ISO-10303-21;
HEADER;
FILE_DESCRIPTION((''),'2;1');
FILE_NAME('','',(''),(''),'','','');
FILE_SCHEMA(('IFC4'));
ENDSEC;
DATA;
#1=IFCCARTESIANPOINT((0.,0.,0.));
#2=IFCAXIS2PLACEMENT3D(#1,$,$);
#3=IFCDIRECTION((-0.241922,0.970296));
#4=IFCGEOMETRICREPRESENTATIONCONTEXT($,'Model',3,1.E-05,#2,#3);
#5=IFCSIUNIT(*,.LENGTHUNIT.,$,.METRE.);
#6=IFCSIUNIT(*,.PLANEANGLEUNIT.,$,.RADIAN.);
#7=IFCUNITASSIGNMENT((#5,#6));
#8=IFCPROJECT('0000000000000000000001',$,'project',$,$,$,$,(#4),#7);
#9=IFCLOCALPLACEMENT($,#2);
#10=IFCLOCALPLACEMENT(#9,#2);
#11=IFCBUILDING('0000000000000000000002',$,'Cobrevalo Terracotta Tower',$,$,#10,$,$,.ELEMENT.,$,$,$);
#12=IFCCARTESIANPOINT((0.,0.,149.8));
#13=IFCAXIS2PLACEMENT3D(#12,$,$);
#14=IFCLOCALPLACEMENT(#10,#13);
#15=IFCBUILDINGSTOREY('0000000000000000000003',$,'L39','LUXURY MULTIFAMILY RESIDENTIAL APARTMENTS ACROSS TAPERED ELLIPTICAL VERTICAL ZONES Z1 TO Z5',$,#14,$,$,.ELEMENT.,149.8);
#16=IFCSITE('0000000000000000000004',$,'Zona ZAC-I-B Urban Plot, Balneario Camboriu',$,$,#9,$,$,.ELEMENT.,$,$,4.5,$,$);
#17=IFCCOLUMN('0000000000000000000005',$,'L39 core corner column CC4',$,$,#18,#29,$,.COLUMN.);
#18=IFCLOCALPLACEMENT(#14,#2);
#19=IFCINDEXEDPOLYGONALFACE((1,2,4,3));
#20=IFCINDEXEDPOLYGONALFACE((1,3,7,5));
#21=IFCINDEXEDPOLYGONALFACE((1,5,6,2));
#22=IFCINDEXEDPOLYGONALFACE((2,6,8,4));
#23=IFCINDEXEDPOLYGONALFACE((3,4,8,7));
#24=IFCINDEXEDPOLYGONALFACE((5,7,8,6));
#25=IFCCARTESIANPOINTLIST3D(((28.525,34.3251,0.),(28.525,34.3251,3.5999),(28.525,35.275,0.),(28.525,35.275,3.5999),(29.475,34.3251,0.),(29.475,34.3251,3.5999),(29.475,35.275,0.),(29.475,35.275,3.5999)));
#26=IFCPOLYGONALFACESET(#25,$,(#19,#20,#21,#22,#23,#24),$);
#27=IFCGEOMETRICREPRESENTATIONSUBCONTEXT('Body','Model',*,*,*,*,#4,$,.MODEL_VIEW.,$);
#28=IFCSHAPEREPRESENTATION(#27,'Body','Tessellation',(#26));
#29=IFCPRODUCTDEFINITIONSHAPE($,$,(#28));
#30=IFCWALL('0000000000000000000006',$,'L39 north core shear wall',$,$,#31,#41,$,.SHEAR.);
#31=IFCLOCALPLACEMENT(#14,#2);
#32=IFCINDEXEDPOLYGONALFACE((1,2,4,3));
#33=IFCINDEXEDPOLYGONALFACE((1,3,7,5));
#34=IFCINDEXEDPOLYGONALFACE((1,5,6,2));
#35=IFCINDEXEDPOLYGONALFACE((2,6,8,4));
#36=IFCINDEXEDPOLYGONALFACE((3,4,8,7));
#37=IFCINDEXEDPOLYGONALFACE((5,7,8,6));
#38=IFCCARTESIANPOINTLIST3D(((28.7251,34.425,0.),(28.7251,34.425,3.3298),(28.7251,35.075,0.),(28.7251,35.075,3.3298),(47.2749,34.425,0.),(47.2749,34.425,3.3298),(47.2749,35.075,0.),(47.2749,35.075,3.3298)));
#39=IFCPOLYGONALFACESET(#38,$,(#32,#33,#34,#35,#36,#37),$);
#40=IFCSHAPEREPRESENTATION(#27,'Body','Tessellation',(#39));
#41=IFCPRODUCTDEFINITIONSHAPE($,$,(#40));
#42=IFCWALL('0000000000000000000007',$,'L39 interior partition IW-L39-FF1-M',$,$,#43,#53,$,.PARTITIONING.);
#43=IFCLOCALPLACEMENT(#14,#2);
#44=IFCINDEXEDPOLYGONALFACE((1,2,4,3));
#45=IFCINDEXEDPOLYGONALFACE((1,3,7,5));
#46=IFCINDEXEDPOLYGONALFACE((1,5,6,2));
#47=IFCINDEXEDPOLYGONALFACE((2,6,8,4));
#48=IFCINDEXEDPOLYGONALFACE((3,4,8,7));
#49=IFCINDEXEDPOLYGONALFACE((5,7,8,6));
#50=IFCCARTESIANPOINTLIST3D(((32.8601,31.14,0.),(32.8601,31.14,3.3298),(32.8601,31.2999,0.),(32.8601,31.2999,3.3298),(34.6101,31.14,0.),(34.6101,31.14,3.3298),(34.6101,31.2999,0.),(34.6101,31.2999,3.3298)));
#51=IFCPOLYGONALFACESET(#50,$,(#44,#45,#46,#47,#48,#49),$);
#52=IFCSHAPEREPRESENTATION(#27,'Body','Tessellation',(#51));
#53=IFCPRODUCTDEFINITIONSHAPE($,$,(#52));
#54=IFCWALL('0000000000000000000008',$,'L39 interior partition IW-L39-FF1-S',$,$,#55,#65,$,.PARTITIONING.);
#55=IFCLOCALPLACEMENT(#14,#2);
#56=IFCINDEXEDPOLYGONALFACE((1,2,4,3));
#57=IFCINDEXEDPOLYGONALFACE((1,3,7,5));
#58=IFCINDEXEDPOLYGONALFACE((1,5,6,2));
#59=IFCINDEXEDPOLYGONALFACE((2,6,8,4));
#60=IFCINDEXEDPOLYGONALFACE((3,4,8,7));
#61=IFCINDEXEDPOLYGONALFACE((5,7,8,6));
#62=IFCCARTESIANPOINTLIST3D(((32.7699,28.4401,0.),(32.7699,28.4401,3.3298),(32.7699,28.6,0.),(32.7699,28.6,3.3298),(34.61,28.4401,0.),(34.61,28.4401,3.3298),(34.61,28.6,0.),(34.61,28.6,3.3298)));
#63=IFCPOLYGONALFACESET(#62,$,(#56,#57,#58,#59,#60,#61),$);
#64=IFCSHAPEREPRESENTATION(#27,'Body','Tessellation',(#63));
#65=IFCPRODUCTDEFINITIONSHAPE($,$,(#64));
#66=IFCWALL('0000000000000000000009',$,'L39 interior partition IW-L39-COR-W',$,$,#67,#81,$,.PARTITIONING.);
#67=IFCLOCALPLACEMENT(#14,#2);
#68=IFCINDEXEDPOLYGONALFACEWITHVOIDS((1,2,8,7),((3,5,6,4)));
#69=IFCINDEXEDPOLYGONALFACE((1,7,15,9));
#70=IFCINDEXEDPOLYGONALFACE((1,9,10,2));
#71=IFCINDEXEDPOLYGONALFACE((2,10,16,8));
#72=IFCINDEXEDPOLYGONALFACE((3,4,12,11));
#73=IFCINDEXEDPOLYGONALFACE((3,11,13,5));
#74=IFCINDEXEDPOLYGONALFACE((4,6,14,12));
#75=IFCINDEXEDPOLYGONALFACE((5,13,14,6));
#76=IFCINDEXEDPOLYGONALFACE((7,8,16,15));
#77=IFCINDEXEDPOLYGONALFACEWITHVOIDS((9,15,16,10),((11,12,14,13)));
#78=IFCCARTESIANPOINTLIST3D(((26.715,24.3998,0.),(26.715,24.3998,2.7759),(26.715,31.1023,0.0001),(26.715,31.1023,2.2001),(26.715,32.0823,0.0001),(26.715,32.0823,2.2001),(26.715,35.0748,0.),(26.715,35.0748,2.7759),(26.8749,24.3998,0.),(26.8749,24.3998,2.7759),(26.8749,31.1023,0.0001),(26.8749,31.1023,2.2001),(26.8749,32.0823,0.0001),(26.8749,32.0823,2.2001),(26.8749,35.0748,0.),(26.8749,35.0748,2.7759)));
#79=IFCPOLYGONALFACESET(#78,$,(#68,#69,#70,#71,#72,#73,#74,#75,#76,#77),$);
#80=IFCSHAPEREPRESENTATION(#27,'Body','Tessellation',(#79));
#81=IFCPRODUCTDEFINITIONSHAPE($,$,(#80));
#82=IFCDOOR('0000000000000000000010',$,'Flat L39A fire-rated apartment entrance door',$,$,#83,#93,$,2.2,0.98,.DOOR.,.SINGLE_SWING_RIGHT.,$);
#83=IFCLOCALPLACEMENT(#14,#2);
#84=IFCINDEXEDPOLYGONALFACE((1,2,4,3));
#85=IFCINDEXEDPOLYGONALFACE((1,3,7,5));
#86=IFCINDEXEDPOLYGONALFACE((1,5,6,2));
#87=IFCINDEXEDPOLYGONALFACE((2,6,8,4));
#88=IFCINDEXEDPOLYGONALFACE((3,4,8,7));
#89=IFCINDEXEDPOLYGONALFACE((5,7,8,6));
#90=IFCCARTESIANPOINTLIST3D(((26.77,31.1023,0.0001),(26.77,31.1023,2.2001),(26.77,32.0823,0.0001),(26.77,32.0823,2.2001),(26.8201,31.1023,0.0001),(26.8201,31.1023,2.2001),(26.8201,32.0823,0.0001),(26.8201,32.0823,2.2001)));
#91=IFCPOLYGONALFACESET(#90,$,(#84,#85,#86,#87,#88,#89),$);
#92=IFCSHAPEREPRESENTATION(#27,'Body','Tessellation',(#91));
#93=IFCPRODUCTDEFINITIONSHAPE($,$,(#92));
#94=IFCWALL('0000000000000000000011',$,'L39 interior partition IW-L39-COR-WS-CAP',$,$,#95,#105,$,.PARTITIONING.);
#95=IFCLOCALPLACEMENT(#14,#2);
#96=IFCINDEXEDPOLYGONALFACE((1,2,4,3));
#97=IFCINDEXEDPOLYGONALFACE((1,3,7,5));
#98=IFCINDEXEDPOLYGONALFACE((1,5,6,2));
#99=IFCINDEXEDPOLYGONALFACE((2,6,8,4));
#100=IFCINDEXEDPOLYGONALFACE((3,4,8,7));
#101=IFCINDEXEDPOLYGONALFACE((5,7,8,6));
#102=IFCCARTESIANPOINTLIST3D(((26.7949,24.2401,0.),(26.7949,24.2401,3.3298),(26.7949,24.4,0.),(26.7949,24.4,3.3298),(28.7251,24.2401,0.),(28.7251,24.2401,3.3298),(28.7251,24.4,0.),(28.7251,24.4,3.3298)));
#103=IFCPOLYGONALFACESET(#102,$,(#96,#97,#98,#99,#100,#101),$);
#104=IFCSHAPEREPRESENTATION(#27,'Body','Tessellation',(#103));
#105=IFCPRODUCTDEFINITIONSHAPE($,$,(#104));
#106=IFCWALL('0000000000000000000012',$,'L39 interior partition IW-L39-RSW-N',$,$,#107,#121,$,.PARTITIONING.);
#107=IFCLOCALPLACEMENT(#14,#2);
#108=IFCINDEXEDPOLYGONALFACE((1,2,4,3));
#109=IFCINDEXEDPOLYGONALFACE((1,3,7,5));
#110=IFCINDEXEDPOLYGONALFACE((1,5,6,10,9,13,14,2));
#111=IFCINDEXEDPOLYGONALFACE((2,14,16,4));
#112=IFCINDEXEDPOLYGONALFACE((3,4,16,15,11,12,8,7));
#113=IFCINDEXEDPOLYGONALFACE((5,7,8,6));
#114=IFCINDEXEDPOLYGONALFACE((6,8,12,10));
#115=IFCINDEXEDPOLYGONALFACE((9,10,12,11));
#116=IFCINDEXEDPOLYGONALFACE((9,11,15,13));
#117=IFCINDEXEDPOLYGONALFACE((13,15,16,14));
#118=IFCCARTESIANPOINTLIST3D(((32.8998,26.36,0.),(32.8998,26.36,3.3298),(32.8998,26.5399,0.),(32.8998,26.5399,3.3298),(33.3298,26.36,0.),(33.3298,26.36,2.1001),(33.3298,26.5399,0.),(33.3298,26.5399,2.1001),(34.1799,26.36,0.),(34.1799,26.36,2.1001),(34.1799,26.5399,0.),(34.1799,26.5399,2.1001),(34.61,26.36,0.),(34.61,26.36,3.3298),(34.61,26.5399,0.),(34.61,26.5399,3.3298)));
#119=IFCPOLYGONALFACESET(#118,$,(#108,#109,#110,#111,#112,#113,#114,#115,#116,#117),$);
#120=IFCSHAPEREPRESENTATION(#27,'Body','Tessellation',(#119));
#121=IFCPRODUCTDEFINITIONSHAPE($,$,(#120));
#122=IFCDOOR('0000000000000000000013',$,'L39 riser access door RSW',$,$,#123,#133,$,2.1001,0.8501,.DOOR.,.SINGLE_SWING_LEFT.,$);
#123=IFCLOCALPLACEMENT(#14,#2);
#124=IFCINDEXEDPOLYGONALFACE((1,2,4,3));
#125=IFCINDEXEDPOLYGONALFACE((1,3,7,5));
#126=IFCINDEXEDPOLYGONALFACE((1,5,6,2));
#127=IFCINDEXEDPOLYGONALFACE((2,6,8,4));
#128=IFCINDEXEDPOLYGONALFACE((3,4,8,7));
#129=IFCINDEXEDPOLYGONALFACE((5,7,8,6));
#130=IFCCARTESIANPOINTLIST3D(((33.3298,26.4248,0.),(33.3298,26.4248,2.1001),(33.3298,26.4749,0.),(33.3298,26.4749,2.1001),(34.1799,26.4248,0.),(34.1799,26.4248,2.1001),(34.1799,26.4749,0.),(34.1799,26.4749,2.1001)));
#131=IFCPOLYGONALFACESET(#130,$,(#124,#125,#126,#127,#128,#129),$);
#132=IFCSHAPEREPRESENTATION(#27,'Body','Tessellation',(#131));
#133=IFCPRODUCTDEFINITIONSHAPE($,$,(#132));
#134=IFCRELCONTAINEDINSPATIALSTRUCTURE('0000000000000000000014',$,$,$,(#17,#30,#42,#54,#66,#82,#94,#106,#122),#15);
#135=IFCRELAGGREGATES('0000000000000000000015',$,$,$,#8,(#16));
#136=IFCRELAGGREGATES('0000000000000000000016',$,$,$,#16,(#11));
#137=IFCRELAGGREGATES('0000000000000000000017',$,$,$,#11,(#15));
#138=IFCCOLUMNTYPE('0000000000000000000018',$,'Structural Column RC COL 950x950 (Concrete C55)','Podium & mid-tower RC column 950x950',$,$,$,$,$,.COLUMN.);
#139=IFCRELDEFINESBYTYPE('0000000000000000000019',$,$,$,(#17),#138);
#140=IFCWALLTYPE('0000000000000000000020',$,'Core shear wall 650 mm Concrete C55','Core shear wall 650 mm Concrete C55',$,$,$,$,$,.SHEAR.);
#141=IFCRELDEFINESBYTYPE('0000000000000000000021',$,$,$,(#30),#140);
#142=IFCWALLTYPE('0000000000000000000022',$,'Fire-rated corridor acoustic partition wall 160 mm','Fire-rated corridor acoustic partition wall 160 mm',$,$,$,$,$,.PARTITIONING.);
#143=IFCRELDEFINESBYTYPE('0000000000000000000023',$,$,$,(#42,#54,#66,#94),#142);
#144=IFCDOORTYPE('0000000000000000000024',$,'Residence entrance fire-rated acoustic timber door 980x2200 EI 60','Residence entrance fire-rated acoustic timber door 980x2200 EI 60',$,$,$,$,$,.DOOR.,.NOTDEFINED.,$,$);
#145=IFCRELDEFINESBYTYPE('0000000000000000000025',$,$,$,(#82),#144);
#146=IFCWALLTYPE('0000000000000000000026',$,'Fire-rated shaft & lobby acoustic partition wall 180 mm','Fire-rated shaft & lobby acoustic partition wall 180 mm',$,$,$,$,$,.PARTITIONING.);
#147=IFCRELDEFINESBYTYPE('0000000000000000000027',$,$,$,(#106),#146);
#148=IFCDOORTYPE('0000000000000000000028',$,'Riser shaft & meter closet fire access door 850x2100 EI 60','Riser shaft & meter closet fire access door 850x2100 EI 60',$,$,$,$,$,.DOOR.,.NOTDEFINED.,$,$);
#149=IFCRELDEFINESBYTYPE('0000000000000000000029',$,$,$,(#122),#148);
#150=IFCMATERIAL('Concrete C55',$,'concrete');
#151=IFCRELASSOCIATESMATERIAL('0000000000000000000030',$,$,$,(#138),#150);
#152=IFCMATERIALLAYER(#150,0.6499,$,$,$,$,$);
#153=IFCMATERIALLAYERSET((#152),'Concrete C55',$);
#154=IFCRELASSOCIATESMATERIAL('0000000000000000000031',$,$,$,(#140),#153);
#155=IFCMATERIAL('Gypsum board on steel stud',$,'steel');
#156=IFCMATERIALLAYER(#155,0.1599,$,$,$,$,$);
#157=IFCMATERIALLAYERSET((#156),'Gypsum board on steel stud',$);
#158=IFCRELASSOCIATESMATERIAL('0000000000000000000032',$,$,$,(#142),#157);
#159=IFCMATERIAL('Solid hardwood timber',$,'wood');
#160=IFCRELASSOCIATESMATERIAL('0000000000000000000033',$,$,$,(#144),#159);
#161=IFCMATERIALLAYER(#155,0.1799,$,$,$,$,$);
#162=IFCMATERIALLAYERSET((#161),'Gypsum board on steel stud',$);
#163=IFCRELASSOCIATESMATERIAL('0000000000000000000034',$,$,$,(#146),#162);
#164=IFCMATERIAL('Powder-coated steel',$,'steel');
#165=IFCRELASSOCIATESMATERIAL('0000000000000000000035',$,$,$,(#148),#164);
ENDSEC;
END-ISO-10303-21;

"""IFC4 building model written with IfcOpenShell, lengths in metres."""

from ifc_helpers import new_model, si_unit, direction, frame, frame_2d, origin, origin_2d, place, context, subcontext, project, spatial, rectangle, extrude, source, transform, mapped, material, layer, layer_set, material_profile, profile_set, type_object, element, fill, save


model = new_model("IFC4")

# Units and contexts
model_context = context("Model", 3, precision=1e-05, world=origin(), true_north=direction((-0.241922, 0.970296)))
body_context = subcontext(model_context, "Body", "Model", "MODEL_VIEW")
ifc_project = project(units=[si_unit("LENGTHUNIT", "METRE"), si_unit("PLANEANGLEUNIT", "RADIAN")], contexts=[model_context])

# Site, building, storey
site_placement = place(None, origin())
site = spatial("IfcSite", under=ifc_project, at=site_placement, Name="Zona ZAC-I-B Urban Plot, Balneario Camboriu", CompositionType="ELEMENT", RefElevation=4.5)
building_placement = place(site_placement, origin())
building = spatial("IfcBuilding", under=site, at=building_placement, Name="Cobrevalo Terracotta Tower", CompositionType="ELEMENT")
storey_placement = place(building_placement, frame((0.0, 0.0, 149.8)))
storey = spatial("IfcBuildingStorey", under=building, at=storey_placement, Name="L39", Description="LUXURY MULTIFAMILY RESIDENTIAL APARTMENTS ACROSS TAPERED ELLIPTICAL VERTICAL ZONES Z1 TO Z5", CompositionType="ELEMENT", Elevation=149.8)

# Column
ifc_material_1 = material(Name="Concrete C55", Category="concrete")
ifc_material_profile = material_profile(ifc_material_1, rectangle(XDim=0.95, YDim=0.95, at=origin_2d()), Name="RC COL 950x950")
ifc_profile_set = profile_set([ifc_material_profile], Name="Concrete C55")
column_type = type_object("IfcColumnType", Name="Structural Column RC COL 950x950 (Concrete C55)", Description="Podium & mid-tower RC column 950x950", PredefinedType="COLUMN", material=ifc_profile_set)
column_placement = place(storey_placement, frame((29.0, 34.8, 0.0), z_axis=(0.0, 0.0, 1.0), x_axis=(1.0, 0.0, 0.0)))
element("IfcColumn", 1, at=column_placement, inside=storey, type_object=column_type, Name="L39 core corner column CC4", PredefinedType="COLUMN", context=body_context, shape_type="SweptSolid", body=[
    extrude(rectangle(XDim=0.95, YDim=0.95, at=origin_2d()), origin(), (0.0, 0.0, 1.0), 3.5999),
])

# Walls
ifc_layer_1 = layer(ifc_material_1, 0.6499)
ifc_layer_set_1 = layer_set([ifc_layer_1], Name="Concrete C55")
wall_type_1 = type_object("IfcWallType", Name="Core shear wall 650 mm Concrete C55", Description="Core shear wall 650 mm Concrete C55", PredefinedType="SHEAR", material=ifc_layer_set_1)
wall_1_placement = place(storey_placement, frame((28.7251, 34.75, 0.0), z_axis=(0.0, 0.0, 1.0), x_axis=(1.0, 0.0, 0.0)))
element("IfcWall", 2, at=wall_1_placement, inside=storey, type_object=wall_type_1, Name="L39 north core shear wall", PredefinedType="SHEAR", context=body_context, shape_type="SweptSolid", body=[
    extrude(rectangle(XDim=18.5498, YDim=0.6499, at=frame_2d((9.2749, 0.0))), origin(), (0.0, 0.0, 1.0), 3.3298),
])
ifc_material_2 = material(Name="Gypsum board on steel stud", Category="steel")
ifc_layer_2 = layer(ifc_material_2, 0.1599)
ifc_layer_set_2 = layer_set([ifc_layer_2], Name="Gypsum board on steel stud")
wall_type_2 = type_object("IfcWallType", Name="Fire-rated corridor acoustic partition wall 160 mm", Description="Fire-rated corridor acoustic partition wall 160 mm", PredefinedType="PARTITIONING", material=ifc_layer_set_2)
wall_2_placement = place(storey_placement, frame((32.8601, 31.22, 0.0), z_axis=(0.0, 0.0, 1.0), x_axis=(1.0, 0.0, 0.0)))
element("IfcWall", 3, at=wall_2_placement, inside=storey, type_object=wall_type_2, Name="L39 interior partition IW-L39-FF1-M", PredefinedType="PARTITIONING", context=body_context, shape_type="SweptSolid", body=[
    extrude(rectangle(XDim=1.75, YDim=0.1599, at=frame_2d((0.875, 0.0))), origin(), (0.0, 0.0, 1.0), 3.3298),
])
wall_3_placement = place(storey_placement, frame((32.77, 28.52, 0.0), z_axis=(0.0, 0.0, 1.0), x_axis=(1.0, 0.0, 0.0)))
element("IfcWall", 4, at=wall_3_placement, inside=storey, type_object=wall_type_2, Name="L39 interior partition IW-L39-FF1-S", PredefinedType="PARTITIONING", context=body_context, shape_type="SweptSolid", body=[
    extrude(rectangle(XDim=1.8401, YDim=0.1599, at=frame_2d((0.9199, 0.0))), origin(), (0.0, 0.0, 1.0), 3.3298),
])

# Wall, opening, door
wall_4_placement = place(storey_placement, frame((26.7949, 24.3999, 0.0), z_axis=(0.0, 0.0, 1.0), x_axis=(0.0, 1.0, 0.0)))
wall_4 = element("IfcWall", 5, at=wall_4_placement, inside=storey, type_object=wall_type_2, Name="L39 interior partition IW-L39-COR-W", PredefinedType="PARTITIONING", context=body_context, shape_type="SweptSolid", body=[
    extrude(rectangle(XDim=10.675, YDim=0.1599, at=frame_2d((5.3374, 0.0))), origin(), (0.0, 0.0, 1.0), 2.7759),
])
opening_1_placement = place(wall_4_placement, frame((6.7024, 0.0, 0.0)))
opening_1 = element("IfcOpeningElement", 6, at=opening_1_placement, cuts=wall_4, PredefinedType="OPENING", context=body_context, shape_type="SweptSolid", body=[
    extrude(rectangle(XDim=0.98, YDim=2.2, at=frame_2d((0.49, 1.1001))), frame((0.0, 0.0898, 0.0), z_axis=(0.0, -1.0, 0.0), x_axis=(1.0, 0.0, 0.0)), (0.0, 0.0, 1.0), 0.1799),
])
ifc_material_3 = material(Name="Solid hardwood timber", Category="wood")
door_type_1 = type_object("IfcDoorType", Name="Residence entrance fire-rated acoustic timber door 980x2200 EI 60", Description="Residence entrance fire-rated acoustic timber door 980x2200 EI 60", OperationType="NOTDEFINED", PredefinedType="DOOR", material=ifc_material_3)
shared_shape_1 = source(origin(), body_context, "Body", "SweptSolid", [
    extrude(rectangle(XDim=0.98, YDim=2.2, at=frame_2d((0.49, 1.1001))), frame((0.0, 0.0249, 0.0), z_axis=(0.0, -1.0, 0.0), x_axis=(1.0, 0.0, 0.0)), (0.0, 0.0, 1.0), 0.05),
])
door_1_placement = place(opening_1_placement, origin())
door_1 = element("IfcDoor", 7, at=door_1_placement, inside=storey, type_object=door_type_1, Name="Flat L39A fire-rated apartment entrance door", OperationType="SINGLE_SWING_RIGHT", OverallHeight=2.2, OverallWidth=0.98, PredefinedType="DOOR", context=body_context, shape_type="MappedRepresentation", body=[
    mapped(shared_shape_1, transform((0.0, 0.0, 0.0), scale=1.0)),
])
fill(opening_1, door_1)

# Wall
wall_5_placement = place(storey_placement, frame((26.7949, 24.3201, 0.0), z_axis=(0.0, 0.0, 1.0), x_axis=(1.0, 0.0, 0.0)))
element("IfcWall", 8, at=wall_5_placement, inside=storey, type_object=wall_type_2, Name="L39 interior partition IW-L39-COR-WS-CAP", PredefinedType="PARTITIONING", context=body_context, shape_type="SweptSolid", body=[
    extrude(rectangle(XDim=1.9302, YDim=0.1599, at=frame_2d((0.9651, 0.0))), origin(), (0.0, 0.0, 1.0), 3.3298),
])

# Wall, opening, door
ifc_layer_3 = layer(ifc_material_2, 0.1799)
ifc_layer_set_3 = layer_set([ifc_layer_3], Name="Gypsum board on steel stud")
wall_type_3 = type_object("IfcWallType", Name="Fire-rated shaft & lobby acoustic partition wall 180 mm", Description="Fire-rated shaft & lobby acoustic partition wall 180 mm", PredefinedType="PARTITIONING", material=ifc_layer_set_3)
wall_6_placement = place(storey_placement, frame((32.8999, 26.45, 0.0), z_axis=(0.0, 0.0, 1.0), x_axis=(1.0, 0.0, 0.0)))
wall_6 = element("IfcWall", 9, at=wall_6_placement, inside=storey, type_object=wall_type_3, Name="L39 interior partition IW-L39-RSW-N", PredefinedType="PARTITIONING", context=body_context, shape_type="SweptSolid", body=[
    extrude(rectangle(XDim=1.7102, YDim=0.1799, at=frame_2d((0.855, 0.0))), origin(), (0.0, 0.0, 1.0), 3.3298),
])
opening_2_placement = place(wall_6_placement, frame((0.4299, 0.0, 0.0)))
opening_2 = element("IfcOpeningElement", 10, at=opening_2_placement, cuts=wall_6, PredefinedType="OPENING", context=body_context, shape_type="SweptSolid", body=[
    extrude(rectangle(XDim=0.8501, YDim=2.1001, at=frame_2d((0.425, 1.05))), frame((0.0, 0.1001, 0.0), z_axis=(0.0, -1.0, 0.0), x_axis=(1.0, 0.0, 0.0)), (0.0, 0.0, 1.0), 0.2),
])
ifc_material_4 = material(Name="Powder-coated steel", Category="steel")
door_type_2 = type_object("IfcDoorType", Name="Riser shaft & meter closet fire access door 850x2100 EI 60", Description="Riser shaft & meter closet fire access door 850x2100 EI 60", OperationType="NOTDEFINED", PredefinedType="DOOR", material=ifc_material_4)
shared_shape_2 = source(origin(), body_context, "Body", "SweptSolid", [
    extrude(rectangle(XDim=0.8501, YDim=2.1001, at=frame_2d((0.425, 1.05))), frame((0.0, 0.0249, 0.0), z_axis=(0.0, -1.0, 0.0), x_axis=(1.0, 0.0, 0.0)), (0.0, 0.0, 1.0), 0.05),
])
door_2_placement = place(opening_2_placement, origin())
door_2 = element("IfcDoor", 11, at=door_2_placement, inside=storey, type_object=door_type_2, Name="L39 riser access door RSW", OperationType="SINGLE_SWING_LEFT", OverallHeight=2.1001, OverallWidth=0.8501, PredefinedType="DOOR", context=body_context, shape_type="MappedRepresentation", body=[
    mapped(shared_shape_2, transform((0.0, 0.0, 0.0), scale=1.0)),
])
fill(opening_2, door_2)

save(model, "model.ifc")
